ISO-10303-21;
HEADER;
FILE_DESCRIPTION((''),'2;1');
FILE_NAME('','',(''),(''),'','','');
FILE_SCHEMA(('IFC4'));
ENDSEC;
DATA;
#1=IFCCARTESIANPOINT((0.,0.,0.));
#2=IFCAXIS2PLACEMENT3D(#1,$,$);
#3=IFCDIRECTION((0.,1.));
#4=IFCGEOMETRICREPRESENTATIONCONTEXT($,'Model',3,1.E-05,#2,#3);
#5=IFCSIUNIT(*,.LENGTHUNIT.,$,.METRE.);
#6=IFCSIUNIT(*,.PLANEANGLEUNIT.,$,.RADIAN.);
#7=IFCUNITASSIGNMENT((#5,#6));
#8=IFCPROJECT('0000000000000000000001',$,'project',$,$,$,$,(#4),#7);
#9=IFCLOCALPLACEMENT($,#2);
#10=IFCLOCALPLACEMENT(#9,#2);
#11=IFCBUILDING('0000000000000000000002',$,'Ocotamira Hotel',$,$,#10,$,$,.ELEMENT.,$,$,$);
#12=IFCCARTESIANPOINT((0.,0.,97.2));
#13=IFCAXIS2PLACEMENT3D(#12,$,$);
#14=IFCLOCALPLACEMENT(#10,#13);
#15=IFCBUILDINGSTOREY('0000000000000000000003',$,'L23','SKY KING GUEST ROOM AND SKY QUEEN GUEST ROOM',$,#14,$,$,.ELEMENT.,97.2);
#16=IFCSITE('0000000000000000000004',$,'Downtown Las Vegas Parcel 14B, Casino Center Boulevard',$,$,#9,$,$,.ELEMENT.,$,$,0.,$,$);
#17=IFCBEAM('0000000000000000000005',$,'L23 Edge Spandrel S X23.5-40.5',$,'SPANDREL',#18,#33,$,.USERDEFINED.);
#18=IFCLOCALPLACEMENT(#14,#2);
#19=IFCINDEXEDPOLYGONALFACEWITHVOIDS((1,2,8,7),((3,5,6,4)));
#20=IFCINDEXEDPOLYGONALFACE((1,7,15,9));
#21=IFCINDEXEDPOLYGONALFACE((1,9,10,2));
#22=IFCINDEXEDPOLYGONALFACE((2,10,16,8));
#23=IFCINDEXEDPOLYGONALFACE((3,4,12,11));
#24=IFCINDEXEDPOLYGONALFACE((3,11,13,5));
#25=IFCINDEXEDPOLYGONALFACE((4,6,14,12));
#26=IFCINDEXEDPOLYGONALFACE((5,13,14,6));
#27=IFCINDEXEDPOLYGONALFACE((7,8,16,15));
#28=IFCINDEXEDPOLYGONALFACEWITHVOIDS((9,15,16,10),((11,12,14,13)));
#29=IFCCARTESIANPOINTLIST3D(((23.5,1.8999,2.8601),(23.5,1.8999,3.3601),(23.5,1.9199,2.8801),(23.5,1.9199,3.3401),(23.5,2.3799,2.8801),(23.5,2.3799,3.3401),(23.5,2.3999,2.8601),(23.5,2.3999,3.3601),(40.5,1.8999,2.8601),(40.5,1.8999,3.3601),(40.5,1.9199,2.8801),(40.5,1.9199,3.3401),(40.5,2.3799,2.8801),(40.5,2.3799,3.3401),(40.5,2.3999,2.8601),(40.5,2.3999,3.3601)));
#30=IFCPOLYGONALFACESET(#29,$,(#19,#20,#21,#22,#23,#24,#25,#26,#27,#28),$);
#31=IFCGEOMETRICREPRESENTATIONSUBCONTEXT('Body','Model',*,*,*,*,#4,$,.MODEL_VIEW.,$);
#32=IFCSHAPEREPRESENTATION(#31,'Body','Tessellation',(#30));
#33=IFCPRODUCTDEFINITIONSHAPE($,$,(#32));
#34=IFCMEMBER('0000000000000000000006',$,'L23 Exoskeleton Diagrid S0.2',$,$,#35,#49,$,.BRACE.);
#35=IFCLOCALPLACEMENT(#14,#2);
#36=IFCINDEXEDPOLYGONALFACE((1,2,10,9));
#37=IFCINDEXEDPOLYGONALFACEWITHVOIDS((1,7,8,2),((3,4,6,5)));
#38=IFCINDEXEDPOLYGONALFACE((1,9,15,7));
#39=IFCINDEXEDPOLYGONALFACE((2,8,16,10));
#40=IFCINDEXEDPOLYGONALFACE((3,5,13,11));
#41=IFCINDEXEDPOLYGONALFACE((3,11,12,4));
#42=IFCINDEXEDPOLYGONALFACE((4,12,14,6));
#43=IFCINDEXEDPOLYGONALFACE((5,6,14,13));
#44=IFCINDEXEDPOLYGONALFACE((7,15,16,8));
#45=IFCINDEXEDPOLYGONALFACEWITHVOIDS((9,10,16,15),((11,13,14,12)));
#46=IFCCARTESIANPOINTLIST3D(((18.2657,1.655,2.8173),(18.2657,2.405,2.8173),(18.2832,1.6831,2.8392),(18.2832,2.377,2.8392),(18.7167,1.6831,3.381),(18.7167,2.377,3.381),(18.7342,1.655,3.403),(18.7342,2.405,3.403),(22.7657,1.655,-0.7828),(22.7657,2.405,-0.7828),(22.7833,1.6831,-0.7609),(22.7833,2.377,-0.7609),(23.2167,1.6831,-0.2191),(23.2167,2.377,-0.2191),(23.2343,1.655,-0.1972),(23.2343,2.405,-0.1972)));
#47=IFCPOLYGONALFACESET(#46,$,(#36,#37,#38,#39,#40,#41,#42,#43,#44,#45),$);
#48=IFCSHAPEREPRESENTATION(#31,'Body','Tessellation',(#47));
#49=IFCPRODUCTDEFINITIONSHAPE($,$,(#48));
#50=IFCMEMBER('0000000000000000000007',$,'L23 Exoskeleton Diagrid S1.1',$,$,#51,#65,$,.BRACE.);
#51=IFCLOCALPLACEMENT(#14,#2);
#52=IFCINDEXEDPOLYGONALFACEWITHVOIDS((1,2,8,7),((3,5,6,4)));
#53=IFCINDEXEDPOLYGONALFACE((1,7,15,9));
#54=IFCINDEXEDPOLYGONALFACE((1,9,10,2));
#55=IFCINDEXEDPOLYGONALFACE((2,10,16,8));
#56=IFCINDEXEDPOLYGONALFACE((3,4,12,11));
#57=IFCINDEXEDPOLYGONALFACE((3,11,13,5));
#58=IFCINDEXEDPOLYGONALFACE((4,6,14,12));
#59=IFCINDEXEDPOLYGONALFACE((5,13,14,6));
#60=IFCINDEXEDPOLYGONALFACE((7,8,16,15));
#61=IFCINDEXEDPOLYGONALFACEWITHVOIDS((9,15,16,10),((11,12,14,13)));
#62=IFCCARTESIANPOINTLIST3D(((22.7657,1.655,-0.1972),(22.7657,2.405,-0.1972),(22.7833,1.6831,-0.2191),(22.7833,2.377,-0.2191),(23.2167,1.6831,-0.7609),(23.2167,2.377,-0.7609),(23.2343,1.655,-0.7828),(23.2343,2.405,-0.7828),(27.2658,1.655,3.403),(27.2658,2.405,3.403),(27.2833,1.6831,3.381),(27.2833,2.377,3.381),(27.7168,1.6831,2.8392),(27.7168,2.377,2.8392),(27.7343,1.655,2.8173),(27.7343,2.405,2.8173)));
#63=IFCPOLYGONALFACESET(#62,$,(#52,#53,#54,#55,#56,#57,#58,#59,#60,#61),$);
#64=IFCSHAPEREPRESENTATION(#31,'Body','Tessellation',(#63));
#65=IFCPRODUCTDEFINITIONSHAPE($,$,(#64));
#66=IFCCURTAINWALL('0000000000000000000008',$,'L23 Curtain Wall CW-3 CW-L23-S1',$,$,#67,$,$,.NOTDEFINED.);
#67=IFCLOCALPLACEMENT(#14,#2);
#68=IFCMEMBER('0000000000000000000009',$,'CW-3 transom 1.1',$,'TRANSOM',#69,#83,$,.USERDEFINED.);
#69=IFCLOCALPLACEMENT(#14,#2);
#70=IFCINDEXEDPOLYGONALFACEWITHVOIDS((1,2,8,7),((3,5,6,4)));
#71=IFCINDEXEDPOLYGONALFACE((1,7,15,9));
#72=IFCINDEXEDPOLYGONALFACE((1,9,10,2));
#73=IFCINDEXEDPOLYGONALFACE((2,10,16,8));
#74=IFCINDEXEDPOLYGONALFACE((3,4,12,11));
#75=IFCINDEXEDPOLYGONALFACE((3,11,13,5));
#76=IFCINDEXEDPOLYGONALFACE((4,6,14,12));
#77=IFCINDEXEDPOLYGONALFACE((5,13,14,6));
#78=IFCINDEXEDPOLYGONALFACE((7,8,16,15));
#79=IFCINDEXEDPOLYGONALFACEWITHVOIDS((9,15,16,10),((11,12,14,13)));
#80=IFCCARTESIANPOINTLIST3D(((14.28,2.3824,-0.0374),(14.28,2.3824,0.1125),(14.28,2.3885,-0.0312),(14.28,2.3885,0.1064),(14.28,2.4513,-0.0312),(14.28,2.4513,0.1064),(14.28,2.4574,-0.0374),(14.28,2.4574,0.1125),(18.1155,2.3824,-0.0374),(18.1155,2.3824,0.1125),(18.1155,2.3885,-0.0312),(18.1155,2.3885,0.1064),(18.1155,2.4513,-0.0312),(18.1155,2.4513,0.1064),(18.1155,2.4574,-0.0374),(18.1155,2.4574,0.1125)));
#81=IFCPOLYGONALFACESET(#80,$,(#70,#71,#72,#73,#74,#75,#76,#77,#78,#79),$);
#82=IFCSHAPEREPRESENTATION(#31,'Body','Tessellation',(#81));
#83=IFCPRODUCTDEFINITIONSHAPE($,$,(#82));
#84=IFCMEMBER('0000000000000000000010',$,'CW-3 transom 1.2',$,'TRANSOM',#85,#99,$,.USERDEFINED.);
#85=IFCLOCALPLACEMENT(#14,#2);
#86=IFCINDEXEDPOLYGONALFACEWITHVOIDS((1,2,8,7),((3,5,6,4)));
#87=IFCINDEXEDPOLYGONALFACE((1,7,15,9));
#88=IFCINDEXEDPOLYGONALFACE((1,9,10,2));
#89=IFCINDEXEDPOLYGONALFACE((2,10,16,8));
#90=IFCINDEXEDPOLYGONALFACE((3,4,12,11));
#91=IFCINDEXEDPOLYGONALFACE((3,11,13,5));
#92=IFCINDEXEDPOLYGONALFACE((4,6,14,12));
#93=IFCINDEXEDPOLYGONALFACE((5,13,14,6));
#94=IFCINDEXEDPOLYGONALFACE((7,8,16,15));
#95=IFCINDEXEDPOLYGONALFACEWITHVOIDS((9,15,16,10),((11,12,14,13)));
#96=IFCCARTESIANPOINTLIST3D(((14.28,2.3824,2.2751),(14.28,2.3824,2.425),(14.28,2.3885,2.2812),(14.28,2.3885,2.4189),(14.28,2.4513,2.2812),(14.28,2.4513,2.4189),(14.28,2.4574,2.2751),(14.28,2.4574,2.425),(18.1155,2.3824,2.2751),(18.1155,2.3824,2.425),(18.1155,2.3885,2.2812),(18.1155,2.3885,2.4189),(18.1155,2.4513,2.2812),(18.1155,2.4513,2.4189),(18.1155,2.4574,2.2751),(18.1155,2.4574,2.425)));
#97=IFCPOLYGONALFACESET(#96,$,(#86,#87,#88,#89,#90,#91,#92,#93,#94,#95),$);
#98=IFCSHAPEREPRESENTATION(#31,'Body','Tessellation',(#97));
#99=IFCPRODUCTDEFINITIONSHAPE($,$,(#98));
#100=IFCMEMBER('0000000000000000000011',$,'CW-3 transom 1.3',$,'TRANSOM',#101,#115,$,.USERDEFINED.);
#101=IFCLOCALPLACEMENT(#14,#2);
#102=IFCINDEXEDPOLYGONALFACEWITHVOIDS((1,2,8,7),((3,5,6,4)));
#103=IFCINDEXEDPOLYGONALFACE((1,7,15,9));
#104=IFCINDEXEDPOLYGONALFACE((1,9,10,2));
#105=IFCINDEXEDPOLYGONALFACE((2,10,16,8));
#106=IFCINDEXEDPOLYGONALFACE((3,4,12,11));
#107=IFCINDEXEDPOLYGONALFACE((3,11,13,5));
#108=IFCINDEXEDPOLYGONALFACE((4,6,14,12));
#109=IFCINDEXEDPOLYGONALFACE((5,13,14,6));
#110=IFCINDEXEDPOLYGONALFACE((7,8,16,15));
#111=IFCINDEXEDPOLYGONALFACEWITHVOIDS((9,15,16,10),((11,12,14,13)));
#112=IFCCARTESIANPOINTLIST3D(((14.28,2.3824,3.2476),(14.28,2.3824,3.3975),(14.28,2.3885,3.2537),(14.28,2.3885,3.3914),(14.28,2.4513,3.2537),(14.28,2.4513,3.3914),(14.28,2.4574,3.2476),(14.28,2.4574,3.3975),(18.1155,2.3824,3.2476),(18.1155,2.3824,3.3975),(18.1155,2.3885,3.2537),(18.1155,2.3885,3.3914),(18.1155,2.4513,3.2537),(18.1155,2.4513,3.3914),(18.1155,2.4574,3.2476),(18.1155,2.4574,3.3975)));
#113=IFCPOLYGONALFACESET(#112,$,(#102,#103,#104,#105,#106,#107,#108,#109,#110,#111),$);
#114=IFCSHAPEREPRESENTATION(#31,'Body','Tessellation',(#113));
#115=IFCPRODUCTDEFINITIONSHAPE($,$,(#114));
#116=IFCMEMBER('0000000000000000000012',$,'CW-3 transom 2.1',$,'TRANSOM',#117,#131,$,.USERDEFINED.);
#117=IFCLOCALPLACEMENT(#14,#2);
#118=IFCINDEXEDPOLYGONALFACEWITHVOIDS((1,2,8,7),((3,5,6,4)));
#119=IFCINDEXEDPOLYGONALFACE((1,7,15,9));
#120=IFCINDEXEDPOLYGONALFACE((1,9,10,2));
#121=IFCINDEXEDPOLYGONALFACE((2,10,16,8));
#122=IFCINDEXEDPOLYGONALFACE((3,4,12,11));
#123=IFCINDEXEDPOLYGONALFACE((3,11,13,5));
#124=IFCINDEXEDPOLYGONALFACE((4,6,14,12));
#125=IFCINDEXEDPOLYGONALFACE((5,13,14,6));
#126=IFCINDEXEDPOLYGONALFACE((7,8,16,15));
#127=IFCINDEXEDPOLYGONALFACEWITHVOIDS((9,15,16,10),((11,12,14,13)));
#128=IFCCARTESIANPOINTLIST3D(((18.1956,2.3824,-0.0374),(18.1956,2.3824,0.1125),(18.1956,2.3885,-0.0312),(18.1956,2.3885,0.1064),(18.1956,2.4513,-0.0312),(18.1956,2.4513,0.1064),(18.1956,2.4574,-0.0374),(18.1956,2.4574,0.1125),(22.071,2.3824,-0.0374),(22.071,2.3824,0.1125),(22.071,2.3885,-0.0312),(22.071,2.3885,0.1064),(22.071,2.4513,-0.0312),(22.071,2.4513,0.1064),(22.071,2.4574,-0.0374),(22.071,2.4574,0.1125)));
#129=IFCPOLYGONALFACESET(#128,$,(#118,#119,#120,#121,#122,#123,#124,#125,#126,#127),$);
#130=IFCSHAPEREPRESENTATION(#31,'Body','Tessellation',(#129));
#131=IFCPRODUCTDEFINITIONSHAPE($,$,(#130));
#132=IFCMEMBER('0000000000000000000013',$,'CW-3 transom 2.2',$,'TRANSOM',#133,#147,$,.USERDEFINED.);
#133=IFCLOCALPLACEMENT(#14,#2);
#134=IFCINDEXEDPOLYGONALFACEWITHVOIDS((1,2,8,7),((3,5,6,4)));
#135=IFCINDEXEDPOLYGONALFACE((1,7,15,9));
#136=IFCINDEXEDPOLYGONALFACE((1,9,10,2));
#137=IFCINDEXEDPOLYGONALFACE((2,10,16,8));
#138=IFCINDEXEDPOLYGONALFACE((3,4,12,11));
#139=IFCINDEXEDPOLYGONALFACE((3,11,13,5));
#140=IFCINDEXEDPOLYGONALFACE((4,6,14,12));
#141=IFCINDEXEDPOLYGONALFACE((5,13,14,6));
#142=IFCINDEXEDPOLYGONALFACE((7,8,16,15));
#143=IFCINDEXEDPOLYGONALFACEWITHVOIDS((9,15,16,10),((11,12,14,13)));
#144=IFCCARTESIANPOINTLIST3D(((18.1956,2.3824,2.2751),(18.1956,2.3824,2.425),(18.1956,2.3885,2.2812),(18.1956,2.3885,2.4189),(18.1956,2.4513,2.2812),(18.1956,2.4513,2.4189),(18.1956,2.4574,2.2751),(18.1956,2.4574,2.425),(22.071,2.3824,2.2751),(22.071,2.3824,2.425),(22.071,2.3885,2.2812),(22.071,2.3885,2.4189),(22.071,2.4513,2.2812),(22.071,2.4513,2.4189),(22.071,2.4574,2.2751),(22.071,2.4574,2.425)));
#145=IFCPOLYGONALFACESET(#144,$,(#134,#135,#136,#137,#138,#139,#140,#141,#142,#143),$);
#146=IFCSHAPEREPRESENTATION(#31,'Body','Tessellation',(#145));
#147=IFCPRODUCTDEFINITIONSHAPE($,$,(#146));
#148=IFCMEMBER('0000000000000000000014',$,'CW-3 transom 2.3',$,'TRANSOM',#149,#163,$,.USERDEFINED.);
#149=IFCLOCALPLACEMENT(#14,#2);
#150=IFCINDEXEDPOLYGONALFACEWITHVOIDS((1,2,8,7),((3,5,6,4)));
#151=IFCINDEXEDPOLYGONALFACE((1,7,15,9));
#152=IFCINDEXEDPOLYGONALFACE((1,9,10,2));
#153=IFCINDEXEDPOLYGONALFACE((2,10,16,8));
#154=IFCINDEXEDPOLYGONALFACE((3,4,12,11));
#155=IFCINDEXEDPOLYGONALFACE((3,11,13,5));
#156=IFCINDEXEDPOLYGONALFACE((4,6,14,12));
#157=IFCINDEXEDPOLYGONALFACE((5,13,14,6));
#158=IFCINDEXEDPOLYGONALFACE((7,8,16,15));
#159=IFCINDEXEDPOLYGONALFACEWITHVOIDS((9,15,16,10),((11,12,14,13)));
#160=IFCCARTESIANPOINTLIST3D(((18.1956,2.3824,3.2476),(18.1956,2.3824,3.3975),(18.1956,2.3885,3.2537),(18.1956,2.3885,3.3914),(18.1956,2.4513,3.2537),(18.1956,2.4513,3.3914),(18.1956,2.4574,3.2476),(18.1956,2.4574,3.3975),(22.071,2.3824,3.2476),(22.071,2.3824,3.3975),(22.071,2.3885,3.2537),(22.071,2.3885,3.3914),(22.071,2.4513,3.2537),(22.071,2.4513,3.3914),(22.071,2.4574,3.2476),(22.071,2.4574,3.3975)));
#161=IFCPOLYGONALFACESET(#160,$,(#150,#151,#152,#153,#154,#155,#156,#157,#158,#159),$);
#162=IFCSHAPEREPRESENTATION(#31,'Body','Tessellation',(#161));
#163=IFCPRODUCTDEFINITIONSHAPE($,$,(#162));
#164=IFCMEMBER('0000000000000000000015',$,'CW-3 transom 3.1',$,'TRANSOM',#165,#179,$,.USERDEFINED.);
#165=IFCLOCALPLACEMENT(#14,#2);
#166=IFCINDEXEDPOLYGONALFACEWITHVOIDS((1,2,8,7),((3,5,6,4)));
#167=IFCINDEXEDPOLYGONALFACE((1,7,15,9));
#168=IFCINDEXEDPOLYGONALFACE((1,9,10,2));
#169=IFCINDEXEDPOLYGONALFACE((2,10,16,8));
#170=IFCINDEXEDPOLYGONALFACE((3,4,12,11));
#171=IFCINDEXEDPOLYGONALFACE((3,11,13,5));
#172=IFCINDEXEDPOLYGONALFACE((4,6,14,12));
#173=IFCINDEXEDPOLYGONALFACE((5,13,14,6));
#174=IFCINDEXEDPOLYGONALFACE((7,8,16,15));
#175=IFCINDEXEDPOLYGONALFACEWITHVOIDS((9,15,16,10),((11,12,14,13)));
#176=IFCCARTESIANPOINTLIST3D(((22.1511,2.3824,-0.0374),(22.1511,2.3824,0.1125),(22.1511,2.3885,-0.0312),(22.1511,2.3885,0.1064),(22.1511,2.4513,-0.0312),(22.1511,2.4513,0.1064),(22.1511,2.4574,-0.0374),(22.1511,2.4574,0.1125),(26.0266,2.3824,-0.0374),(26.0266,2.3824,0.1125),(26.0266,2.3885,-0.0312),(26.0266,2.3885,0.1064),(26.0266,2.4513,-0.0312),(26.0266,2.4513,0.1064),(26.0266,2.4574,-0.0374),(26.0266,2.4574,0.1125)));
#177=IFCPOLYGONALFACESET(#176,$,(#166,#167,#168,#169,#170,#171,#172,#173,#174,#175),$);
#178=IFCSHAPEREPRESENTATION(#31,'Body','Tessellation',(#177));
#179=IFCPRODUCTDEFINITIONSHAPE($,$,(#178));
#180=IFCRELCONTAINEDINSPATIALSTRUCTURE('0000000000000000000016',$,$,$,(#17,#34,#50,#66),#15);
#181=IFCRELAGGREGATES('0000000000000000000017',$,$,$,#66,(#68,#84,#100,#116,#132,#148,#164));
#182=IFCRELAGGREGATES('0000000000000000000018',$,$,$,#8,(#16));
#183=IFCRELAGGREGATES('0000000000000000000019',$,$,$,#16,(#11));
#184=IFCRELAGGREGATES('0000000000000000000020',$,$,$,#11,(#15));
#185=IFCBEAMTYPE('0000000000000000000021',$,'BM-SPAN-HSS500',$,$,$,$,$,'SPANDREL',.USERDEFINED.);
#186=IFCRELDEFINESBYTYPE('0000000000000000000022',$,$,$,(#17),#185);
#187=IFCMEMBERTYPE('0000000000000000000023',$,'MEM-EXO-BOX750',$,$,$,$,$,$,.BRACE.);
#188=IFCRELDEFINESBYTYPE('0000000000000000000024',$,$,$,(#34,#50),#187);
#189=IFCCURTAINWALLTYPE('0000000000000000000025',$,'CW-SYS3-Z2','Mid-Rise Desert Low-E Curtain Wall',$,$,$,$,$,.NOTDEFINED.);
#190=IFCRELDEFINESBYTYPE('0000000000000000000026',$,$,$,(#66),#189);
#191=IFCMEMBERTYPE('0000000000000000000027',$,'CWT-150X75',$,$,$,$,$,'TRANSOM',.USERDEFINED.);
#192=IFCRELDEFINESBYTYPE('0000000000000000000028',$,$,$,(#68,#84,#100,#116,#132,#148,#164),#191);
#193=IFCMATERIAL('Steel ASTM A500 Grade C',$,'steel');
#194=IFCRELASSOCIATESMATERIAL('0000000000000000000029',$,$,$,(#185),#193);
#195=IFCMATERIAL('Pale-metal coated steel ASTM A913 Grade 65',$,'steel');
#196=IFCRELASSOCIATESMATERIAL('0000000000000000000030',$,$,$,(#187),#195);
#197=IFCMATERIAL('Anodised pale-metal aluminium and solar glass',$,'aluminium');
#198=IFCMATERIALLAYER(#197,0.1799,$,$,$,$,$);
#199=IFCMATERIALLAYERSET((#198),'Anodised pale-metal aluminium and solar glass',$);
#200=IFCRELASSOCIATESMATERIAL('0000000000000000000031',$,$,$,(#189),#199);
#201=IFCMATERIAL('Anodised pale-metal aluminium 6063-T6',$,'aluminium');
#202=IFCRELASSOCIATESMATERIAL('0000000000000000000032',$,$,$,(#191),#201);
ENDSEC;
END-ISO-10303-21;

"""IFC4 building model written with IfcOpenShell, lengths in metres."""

from ifc_helpers import new_model, si_unit, direction, frame, origin, origin_2d, place, context, subcontext, project, spatial, hollow_rectangle, extrude, source, transform, mapped, material, layer, layer_set, material_profile, profile_set, type_object, element, aggregate, save


model = new_model("IFC4")

# Units and contexts
model_context = context("Model", 3, precision=1e-05, world=origin(), true_north=direction((0.0, 1.0)))
body_context = subcontext(model_context, "Body", "Model", "MODEL_VIEW")
ifc_project = project(units=[si_unit("LENGTHUNIT", "METRE"), si_unit("PLANEANGLEUNIT", "RADIAN")], contexts=[model_context])

# Site, building, storey
site_placement = place(None, origin())
site = spatial("IfcSite", under=ifc_project, at=site_placement, Name="Downtown Las Vegas Parcel 14B, Casino Center Boulevard", CompositionType="ELEMENT", RefElevation=0.0)
building_placement = place(site_placement, origin())
building = spatial("IfcBuilding", under=site, at=building_placement, Name="Ocotamira Hotel", CompositionType="ELEMENT")
storey_placement = place(building_placement, frame((0.0, 0.0, 97.2)))
storey = spatial("IfcBuildingStorey", under=building, at=storey_placement, Name="L23", Description="SKY KING GUEST ROOM AND SKY QUEEN GUEST ROOM", CompositionType="ELEMENT", Elevation=97.2)

# Beam
ifc_material_1 = material(Name="Steel ASTM A500 Grade C", Category="steel")
ifc_material_profile_1 = material_profile(ifc_material_1, hollow_rectangle(XDim=0.5, YDim=0.5, WallThickness=0.02, at=origin_2d()), Name="HSS500X500X20")
ifc_profile_set_1 = profile_set([ifc_material_profile_1], Name="Steel ASTM A500 Grade C")
beam_type_1 = type_object("IfcBeamType", Name="BM-SPAN-HSS500", ElementType="SPANDREL", PredefinedType="USERDEFINED", material=ifc_profile_set_1)
shared_shape_1 = source(origin(), body_context, "Body", "SweptSolid", [
    extrude(hollow_rectangle(XDim=0.5, YDim=0.5, WallThickness=0.02, at=origin_2d()), origin(), (0.0, 0.0, 1.0), 17.0),
])
beam_1_placement = place(storey_placement, frame((23.5, 2.1499, 3.1101), z_axis=(1.0, 0.0, 0.0), x_axis=(0.0, 1.0, 0.0)))
element("IfcBeam", 1, at=beam_1_placement, inside=storey, type_object=beam_type_1, Name="L23 Edge Spandrel S X23.5-40.5", ObjectType="SPANDREL", PredefinedType="USERDEFINED", context=body_context, shape_type="MappedRepresentation", body=[
    mapped(shared_shape_1, transform((0.0, 0.0, 0.0), scale=1.0)),
])

# Members
ifc_material_2 = material(Name="Pale-metal coated steel ASTM A913 Grade 65", Category="steel")
ifc_material_profile_2 = material_profile(ifc_material_2, hollow_rectangle(XDim=0.75, YDim=0.75, WallThickness=0.0281, at=origin_2d()), Name="BOX750X750X28")
ifc_profile_set_2 = profile_set([ifc_material_profile_2], Name="Pale-metal coated steel ASTM A913 Grade 65")
member_type_1 = type_object("IfcMemberType", Name="MEM-EXO-BOX750", PredefinedType="BRACE", material=ifc_profile_set_2)
shared_shape_2 = source(origin(), body_context, "Body", "SweptSolid", [
    extrude(hollow_rectangle(XDim=0.75, YDim=0.75, WallThickness=0.0281, at=origin_2d()), origin(), (0.0, 0.0, 1.0), 5.7629),
])
for number, where, z_axis, x_axis, name in (
    (2, (23.0, 2.03, -0.49), (-0.780861, 0.0, 0.624705), (0.0, -1.0, 0.0), "L23 Exoskeleton Diagrid S0.2"),
    (3, (23.0, 2.03, -0.49), (0.780861, 0.0, 0.624705), (0.0, 1.0, 0.0), "L23 Exoskeleton Diagrid S1.1"),
):
    element("IfcMember", number, at=place(storey_placement, frame(where, z_axis=z_axis, x_axis=x_axis)), inside=storey, type_object=member_type_1, Name=name, PredefinedType="BRACE", context=body_context, shape_type="MappedRepresentation", body=[
        mapped(shared_shape_2, transform((0.0, 0.0, 0.0), scale=1.0)),
    ])

# Curtain wall, members
ifc_material_3 = material(Name="Anodised pale-metal aluminium and solar glass", Category="aluminium")
ifc_layer_1 = layer(ifc_material_3, 0.1799)
ifc_layer_set_1 = layer_set([ifc_layer_1], Name="Anodised pale-metal aluminium and solar glass")
curtain_wall_type = type_object("IfcCurtainWallType", Name="CW-SYS3-Z2", Description="Mid-Rise Desert Low-E Curtain Wall", PredefinedType="NOTDEFINED", material=ifc_layer_set_1)
curtain_wall_placement = place(storey_placement, origin())
curtain_wall = element("IfcCurtainWall", 4, at=curtain_wall_placement, inside=storey, type_object=curtain_wall_type, Name="L23 Curtain Wall CW-3 CW-L23-S1", PredefinedType="NOTDEFINED")
ifc_material_4 = material(Name="Anodised pale-metal aluminium 6063-T6", Category="aluminium")
ifc_material_profile_3 = material_profile(ifc_material_4, hollow_rectangle(XDim=0.075, YDim=0.1499, WallThickness=0.0061, at=origin_2d()), Name="HSS150X75X6")
ifc_profile_set_3 = profile_set([ifc_material_profile_3], Name="Anodised pale-metal aluminium 6063-T6")
member_type_2 = type_object("IfcMemberType", Name="CWT-150X75", ElementType="TRANSOM", PredefinedType="USERDEFINED", material=ifc_profile_set_3)
shared_shape_3 = source(origin(), body_context, "Body", "SweptSolid", [
    extrude(hollow_rectangle(XDim=0.075, YDim=0.1499, WallThickness=0.0061, at=origin_2d()), origin(), (0.0, 0.0, 1.0), 3.8354),
])
member_1_placement = place(storey_placement, frame((14.28, 2.4199, 0.0376), z_axis=(1.0, 0.0, 0.0), x_axis=(0.0, 1.0, 0.0)))
member_1 = element("IfcMember", 5, at=member_1_placement, type_object=member_type_2, Name="CW-3 transom 1.1", ObjectType="TRANSOM", PredefinedType="USERDEFINED", context=body_context, shape_type="MappedRepresentation", body=[
    mapped(shared_shape_3, transform((0.0, 0.0, 0.0), scale=1.0)),
])
member_2_placement = place(storey_placement, frame((14.28, 2.4199, 2.3501), z_axis=(1.0, 0.0, 0.0), x_axis=(0.0, 1.0, 0.0)))
member_2 = element("IfcMember", 6, at=member_2_placement, type_object=member_type_2, Name="CW-3 transom 1.2", ObjectType="TRANSOM", PredefinedType="USERDEFINED", context=body_context, shape_type="MappedRepresentation", body=[
    mapped(shared_shape_3, transform((0.0, 0.0, 0.0), scale=1.0)),
])
member_3_placement = place(storey_placement, frame((14.28, 2.4199, 3.3225), z_axis=(1.0, 0.0, 0.0), x_axis=(0.0, 1.0, 0.0)))
member_3 = element("IfcMember", 7, at=member_3_placement, type_object=member_type_2, Name="CW-3 transom 1.3", ObjectType="TRANSOM", PredefinedType="USERDEFINED", context=body_context, shape_type="MappedRepresentation", body=[
    mapped(shared_shape_3, transform((0.0, 0.0, 0.0), scale=1.0)),
])
shared_shape_4 = source(origin(), body_context, "Body", "SweptSolid", [
    extrude(hollow_rectangle(XDim=0.075, YDim=0.1499, WallThickness=0.0061, at=origin_2d()), origin(), (0.0, 0.0, 1.0), 3.8755),
])
member_4_placement = place(storey_placement, frame((18.1956, 2.4199, 0.0376), z_axis=(1.0, 0.0, 0.0), x_axis=(0.0, 1.0, 0.0)))
member_4 = element("IfcMember", 8, at=member_4_placement, type_object=member_type_2, Name="CW-3 transom 2.1", ObjectType="TRANSOM", PredefinedType="USERDEFINED", context=body_context, shape_type="MappedRepresentation", body=[
    mapped(shared_shape_4, transform((0.0, 0.0, 0.0), scale=1.0)),
])
member_5_placement = place(storey_placement, frame((18.1956, 2.4199, 2.3501), z_axis=(1.0, 0.0, 0.0), x_axis=(0.0, 1.0, 0.0)))
member_5 = element("IfcMember", 9, at=member_5_placement, type_object=member_type_2, Name="CW-3 transom 2.2", ObjectType="TRANSOM", PredefinedType="USERDEFINED", context=body_context, shape_type="MappedRepresentation", body=[
    mapped(shared_shape_4, transform((0.0, 0.0, 0.0), scale=1.0)),
])
member_6_placement = place(storey_placement, frame((18.1956, 2.4199, 3.3225), z_axis=(1.0, 0.0, 0.0), x_axis=(0.0, 1.0, 0.0)))
member_6 = element("IfcMember", 10, at=member_6_placement, type_object=member_type_2, Name="CW-3 transom 2.3", ObjectType="TRANSOM", PredefinedType="USERDEFINED", context=body_context, shape_type="MappedRepresentation", body=[
    mapped(shared_shape_4, transform((0.0, 0.0, 0.0), scale=1.0)),
])
member_7_placement = place(storey_placement, frame((22.1511, 2.4199, 0.0376), z_axis=(1.0, 0.0, 0.0), x_axis=(0.0, 1.0, 0.0)))
member_7 = element("IfcMember", 11, at=member_7_placement, type_object=member_type_2, Name="CW-3 transom 3.1", ObjectType="TRANSOM", PredefinedType="USERDEFINED", context=body_context, shape_type="MappedRepresentation", body=[
    mapped(shared_shape_4, transform((0.0, 0.0, 0.0), scale=1.0)),
])

aggregate(curtain_wall, [member_1, member_2, member_3, member_4, member_5, member_6, member_7])

save(model, "model.ifc")
